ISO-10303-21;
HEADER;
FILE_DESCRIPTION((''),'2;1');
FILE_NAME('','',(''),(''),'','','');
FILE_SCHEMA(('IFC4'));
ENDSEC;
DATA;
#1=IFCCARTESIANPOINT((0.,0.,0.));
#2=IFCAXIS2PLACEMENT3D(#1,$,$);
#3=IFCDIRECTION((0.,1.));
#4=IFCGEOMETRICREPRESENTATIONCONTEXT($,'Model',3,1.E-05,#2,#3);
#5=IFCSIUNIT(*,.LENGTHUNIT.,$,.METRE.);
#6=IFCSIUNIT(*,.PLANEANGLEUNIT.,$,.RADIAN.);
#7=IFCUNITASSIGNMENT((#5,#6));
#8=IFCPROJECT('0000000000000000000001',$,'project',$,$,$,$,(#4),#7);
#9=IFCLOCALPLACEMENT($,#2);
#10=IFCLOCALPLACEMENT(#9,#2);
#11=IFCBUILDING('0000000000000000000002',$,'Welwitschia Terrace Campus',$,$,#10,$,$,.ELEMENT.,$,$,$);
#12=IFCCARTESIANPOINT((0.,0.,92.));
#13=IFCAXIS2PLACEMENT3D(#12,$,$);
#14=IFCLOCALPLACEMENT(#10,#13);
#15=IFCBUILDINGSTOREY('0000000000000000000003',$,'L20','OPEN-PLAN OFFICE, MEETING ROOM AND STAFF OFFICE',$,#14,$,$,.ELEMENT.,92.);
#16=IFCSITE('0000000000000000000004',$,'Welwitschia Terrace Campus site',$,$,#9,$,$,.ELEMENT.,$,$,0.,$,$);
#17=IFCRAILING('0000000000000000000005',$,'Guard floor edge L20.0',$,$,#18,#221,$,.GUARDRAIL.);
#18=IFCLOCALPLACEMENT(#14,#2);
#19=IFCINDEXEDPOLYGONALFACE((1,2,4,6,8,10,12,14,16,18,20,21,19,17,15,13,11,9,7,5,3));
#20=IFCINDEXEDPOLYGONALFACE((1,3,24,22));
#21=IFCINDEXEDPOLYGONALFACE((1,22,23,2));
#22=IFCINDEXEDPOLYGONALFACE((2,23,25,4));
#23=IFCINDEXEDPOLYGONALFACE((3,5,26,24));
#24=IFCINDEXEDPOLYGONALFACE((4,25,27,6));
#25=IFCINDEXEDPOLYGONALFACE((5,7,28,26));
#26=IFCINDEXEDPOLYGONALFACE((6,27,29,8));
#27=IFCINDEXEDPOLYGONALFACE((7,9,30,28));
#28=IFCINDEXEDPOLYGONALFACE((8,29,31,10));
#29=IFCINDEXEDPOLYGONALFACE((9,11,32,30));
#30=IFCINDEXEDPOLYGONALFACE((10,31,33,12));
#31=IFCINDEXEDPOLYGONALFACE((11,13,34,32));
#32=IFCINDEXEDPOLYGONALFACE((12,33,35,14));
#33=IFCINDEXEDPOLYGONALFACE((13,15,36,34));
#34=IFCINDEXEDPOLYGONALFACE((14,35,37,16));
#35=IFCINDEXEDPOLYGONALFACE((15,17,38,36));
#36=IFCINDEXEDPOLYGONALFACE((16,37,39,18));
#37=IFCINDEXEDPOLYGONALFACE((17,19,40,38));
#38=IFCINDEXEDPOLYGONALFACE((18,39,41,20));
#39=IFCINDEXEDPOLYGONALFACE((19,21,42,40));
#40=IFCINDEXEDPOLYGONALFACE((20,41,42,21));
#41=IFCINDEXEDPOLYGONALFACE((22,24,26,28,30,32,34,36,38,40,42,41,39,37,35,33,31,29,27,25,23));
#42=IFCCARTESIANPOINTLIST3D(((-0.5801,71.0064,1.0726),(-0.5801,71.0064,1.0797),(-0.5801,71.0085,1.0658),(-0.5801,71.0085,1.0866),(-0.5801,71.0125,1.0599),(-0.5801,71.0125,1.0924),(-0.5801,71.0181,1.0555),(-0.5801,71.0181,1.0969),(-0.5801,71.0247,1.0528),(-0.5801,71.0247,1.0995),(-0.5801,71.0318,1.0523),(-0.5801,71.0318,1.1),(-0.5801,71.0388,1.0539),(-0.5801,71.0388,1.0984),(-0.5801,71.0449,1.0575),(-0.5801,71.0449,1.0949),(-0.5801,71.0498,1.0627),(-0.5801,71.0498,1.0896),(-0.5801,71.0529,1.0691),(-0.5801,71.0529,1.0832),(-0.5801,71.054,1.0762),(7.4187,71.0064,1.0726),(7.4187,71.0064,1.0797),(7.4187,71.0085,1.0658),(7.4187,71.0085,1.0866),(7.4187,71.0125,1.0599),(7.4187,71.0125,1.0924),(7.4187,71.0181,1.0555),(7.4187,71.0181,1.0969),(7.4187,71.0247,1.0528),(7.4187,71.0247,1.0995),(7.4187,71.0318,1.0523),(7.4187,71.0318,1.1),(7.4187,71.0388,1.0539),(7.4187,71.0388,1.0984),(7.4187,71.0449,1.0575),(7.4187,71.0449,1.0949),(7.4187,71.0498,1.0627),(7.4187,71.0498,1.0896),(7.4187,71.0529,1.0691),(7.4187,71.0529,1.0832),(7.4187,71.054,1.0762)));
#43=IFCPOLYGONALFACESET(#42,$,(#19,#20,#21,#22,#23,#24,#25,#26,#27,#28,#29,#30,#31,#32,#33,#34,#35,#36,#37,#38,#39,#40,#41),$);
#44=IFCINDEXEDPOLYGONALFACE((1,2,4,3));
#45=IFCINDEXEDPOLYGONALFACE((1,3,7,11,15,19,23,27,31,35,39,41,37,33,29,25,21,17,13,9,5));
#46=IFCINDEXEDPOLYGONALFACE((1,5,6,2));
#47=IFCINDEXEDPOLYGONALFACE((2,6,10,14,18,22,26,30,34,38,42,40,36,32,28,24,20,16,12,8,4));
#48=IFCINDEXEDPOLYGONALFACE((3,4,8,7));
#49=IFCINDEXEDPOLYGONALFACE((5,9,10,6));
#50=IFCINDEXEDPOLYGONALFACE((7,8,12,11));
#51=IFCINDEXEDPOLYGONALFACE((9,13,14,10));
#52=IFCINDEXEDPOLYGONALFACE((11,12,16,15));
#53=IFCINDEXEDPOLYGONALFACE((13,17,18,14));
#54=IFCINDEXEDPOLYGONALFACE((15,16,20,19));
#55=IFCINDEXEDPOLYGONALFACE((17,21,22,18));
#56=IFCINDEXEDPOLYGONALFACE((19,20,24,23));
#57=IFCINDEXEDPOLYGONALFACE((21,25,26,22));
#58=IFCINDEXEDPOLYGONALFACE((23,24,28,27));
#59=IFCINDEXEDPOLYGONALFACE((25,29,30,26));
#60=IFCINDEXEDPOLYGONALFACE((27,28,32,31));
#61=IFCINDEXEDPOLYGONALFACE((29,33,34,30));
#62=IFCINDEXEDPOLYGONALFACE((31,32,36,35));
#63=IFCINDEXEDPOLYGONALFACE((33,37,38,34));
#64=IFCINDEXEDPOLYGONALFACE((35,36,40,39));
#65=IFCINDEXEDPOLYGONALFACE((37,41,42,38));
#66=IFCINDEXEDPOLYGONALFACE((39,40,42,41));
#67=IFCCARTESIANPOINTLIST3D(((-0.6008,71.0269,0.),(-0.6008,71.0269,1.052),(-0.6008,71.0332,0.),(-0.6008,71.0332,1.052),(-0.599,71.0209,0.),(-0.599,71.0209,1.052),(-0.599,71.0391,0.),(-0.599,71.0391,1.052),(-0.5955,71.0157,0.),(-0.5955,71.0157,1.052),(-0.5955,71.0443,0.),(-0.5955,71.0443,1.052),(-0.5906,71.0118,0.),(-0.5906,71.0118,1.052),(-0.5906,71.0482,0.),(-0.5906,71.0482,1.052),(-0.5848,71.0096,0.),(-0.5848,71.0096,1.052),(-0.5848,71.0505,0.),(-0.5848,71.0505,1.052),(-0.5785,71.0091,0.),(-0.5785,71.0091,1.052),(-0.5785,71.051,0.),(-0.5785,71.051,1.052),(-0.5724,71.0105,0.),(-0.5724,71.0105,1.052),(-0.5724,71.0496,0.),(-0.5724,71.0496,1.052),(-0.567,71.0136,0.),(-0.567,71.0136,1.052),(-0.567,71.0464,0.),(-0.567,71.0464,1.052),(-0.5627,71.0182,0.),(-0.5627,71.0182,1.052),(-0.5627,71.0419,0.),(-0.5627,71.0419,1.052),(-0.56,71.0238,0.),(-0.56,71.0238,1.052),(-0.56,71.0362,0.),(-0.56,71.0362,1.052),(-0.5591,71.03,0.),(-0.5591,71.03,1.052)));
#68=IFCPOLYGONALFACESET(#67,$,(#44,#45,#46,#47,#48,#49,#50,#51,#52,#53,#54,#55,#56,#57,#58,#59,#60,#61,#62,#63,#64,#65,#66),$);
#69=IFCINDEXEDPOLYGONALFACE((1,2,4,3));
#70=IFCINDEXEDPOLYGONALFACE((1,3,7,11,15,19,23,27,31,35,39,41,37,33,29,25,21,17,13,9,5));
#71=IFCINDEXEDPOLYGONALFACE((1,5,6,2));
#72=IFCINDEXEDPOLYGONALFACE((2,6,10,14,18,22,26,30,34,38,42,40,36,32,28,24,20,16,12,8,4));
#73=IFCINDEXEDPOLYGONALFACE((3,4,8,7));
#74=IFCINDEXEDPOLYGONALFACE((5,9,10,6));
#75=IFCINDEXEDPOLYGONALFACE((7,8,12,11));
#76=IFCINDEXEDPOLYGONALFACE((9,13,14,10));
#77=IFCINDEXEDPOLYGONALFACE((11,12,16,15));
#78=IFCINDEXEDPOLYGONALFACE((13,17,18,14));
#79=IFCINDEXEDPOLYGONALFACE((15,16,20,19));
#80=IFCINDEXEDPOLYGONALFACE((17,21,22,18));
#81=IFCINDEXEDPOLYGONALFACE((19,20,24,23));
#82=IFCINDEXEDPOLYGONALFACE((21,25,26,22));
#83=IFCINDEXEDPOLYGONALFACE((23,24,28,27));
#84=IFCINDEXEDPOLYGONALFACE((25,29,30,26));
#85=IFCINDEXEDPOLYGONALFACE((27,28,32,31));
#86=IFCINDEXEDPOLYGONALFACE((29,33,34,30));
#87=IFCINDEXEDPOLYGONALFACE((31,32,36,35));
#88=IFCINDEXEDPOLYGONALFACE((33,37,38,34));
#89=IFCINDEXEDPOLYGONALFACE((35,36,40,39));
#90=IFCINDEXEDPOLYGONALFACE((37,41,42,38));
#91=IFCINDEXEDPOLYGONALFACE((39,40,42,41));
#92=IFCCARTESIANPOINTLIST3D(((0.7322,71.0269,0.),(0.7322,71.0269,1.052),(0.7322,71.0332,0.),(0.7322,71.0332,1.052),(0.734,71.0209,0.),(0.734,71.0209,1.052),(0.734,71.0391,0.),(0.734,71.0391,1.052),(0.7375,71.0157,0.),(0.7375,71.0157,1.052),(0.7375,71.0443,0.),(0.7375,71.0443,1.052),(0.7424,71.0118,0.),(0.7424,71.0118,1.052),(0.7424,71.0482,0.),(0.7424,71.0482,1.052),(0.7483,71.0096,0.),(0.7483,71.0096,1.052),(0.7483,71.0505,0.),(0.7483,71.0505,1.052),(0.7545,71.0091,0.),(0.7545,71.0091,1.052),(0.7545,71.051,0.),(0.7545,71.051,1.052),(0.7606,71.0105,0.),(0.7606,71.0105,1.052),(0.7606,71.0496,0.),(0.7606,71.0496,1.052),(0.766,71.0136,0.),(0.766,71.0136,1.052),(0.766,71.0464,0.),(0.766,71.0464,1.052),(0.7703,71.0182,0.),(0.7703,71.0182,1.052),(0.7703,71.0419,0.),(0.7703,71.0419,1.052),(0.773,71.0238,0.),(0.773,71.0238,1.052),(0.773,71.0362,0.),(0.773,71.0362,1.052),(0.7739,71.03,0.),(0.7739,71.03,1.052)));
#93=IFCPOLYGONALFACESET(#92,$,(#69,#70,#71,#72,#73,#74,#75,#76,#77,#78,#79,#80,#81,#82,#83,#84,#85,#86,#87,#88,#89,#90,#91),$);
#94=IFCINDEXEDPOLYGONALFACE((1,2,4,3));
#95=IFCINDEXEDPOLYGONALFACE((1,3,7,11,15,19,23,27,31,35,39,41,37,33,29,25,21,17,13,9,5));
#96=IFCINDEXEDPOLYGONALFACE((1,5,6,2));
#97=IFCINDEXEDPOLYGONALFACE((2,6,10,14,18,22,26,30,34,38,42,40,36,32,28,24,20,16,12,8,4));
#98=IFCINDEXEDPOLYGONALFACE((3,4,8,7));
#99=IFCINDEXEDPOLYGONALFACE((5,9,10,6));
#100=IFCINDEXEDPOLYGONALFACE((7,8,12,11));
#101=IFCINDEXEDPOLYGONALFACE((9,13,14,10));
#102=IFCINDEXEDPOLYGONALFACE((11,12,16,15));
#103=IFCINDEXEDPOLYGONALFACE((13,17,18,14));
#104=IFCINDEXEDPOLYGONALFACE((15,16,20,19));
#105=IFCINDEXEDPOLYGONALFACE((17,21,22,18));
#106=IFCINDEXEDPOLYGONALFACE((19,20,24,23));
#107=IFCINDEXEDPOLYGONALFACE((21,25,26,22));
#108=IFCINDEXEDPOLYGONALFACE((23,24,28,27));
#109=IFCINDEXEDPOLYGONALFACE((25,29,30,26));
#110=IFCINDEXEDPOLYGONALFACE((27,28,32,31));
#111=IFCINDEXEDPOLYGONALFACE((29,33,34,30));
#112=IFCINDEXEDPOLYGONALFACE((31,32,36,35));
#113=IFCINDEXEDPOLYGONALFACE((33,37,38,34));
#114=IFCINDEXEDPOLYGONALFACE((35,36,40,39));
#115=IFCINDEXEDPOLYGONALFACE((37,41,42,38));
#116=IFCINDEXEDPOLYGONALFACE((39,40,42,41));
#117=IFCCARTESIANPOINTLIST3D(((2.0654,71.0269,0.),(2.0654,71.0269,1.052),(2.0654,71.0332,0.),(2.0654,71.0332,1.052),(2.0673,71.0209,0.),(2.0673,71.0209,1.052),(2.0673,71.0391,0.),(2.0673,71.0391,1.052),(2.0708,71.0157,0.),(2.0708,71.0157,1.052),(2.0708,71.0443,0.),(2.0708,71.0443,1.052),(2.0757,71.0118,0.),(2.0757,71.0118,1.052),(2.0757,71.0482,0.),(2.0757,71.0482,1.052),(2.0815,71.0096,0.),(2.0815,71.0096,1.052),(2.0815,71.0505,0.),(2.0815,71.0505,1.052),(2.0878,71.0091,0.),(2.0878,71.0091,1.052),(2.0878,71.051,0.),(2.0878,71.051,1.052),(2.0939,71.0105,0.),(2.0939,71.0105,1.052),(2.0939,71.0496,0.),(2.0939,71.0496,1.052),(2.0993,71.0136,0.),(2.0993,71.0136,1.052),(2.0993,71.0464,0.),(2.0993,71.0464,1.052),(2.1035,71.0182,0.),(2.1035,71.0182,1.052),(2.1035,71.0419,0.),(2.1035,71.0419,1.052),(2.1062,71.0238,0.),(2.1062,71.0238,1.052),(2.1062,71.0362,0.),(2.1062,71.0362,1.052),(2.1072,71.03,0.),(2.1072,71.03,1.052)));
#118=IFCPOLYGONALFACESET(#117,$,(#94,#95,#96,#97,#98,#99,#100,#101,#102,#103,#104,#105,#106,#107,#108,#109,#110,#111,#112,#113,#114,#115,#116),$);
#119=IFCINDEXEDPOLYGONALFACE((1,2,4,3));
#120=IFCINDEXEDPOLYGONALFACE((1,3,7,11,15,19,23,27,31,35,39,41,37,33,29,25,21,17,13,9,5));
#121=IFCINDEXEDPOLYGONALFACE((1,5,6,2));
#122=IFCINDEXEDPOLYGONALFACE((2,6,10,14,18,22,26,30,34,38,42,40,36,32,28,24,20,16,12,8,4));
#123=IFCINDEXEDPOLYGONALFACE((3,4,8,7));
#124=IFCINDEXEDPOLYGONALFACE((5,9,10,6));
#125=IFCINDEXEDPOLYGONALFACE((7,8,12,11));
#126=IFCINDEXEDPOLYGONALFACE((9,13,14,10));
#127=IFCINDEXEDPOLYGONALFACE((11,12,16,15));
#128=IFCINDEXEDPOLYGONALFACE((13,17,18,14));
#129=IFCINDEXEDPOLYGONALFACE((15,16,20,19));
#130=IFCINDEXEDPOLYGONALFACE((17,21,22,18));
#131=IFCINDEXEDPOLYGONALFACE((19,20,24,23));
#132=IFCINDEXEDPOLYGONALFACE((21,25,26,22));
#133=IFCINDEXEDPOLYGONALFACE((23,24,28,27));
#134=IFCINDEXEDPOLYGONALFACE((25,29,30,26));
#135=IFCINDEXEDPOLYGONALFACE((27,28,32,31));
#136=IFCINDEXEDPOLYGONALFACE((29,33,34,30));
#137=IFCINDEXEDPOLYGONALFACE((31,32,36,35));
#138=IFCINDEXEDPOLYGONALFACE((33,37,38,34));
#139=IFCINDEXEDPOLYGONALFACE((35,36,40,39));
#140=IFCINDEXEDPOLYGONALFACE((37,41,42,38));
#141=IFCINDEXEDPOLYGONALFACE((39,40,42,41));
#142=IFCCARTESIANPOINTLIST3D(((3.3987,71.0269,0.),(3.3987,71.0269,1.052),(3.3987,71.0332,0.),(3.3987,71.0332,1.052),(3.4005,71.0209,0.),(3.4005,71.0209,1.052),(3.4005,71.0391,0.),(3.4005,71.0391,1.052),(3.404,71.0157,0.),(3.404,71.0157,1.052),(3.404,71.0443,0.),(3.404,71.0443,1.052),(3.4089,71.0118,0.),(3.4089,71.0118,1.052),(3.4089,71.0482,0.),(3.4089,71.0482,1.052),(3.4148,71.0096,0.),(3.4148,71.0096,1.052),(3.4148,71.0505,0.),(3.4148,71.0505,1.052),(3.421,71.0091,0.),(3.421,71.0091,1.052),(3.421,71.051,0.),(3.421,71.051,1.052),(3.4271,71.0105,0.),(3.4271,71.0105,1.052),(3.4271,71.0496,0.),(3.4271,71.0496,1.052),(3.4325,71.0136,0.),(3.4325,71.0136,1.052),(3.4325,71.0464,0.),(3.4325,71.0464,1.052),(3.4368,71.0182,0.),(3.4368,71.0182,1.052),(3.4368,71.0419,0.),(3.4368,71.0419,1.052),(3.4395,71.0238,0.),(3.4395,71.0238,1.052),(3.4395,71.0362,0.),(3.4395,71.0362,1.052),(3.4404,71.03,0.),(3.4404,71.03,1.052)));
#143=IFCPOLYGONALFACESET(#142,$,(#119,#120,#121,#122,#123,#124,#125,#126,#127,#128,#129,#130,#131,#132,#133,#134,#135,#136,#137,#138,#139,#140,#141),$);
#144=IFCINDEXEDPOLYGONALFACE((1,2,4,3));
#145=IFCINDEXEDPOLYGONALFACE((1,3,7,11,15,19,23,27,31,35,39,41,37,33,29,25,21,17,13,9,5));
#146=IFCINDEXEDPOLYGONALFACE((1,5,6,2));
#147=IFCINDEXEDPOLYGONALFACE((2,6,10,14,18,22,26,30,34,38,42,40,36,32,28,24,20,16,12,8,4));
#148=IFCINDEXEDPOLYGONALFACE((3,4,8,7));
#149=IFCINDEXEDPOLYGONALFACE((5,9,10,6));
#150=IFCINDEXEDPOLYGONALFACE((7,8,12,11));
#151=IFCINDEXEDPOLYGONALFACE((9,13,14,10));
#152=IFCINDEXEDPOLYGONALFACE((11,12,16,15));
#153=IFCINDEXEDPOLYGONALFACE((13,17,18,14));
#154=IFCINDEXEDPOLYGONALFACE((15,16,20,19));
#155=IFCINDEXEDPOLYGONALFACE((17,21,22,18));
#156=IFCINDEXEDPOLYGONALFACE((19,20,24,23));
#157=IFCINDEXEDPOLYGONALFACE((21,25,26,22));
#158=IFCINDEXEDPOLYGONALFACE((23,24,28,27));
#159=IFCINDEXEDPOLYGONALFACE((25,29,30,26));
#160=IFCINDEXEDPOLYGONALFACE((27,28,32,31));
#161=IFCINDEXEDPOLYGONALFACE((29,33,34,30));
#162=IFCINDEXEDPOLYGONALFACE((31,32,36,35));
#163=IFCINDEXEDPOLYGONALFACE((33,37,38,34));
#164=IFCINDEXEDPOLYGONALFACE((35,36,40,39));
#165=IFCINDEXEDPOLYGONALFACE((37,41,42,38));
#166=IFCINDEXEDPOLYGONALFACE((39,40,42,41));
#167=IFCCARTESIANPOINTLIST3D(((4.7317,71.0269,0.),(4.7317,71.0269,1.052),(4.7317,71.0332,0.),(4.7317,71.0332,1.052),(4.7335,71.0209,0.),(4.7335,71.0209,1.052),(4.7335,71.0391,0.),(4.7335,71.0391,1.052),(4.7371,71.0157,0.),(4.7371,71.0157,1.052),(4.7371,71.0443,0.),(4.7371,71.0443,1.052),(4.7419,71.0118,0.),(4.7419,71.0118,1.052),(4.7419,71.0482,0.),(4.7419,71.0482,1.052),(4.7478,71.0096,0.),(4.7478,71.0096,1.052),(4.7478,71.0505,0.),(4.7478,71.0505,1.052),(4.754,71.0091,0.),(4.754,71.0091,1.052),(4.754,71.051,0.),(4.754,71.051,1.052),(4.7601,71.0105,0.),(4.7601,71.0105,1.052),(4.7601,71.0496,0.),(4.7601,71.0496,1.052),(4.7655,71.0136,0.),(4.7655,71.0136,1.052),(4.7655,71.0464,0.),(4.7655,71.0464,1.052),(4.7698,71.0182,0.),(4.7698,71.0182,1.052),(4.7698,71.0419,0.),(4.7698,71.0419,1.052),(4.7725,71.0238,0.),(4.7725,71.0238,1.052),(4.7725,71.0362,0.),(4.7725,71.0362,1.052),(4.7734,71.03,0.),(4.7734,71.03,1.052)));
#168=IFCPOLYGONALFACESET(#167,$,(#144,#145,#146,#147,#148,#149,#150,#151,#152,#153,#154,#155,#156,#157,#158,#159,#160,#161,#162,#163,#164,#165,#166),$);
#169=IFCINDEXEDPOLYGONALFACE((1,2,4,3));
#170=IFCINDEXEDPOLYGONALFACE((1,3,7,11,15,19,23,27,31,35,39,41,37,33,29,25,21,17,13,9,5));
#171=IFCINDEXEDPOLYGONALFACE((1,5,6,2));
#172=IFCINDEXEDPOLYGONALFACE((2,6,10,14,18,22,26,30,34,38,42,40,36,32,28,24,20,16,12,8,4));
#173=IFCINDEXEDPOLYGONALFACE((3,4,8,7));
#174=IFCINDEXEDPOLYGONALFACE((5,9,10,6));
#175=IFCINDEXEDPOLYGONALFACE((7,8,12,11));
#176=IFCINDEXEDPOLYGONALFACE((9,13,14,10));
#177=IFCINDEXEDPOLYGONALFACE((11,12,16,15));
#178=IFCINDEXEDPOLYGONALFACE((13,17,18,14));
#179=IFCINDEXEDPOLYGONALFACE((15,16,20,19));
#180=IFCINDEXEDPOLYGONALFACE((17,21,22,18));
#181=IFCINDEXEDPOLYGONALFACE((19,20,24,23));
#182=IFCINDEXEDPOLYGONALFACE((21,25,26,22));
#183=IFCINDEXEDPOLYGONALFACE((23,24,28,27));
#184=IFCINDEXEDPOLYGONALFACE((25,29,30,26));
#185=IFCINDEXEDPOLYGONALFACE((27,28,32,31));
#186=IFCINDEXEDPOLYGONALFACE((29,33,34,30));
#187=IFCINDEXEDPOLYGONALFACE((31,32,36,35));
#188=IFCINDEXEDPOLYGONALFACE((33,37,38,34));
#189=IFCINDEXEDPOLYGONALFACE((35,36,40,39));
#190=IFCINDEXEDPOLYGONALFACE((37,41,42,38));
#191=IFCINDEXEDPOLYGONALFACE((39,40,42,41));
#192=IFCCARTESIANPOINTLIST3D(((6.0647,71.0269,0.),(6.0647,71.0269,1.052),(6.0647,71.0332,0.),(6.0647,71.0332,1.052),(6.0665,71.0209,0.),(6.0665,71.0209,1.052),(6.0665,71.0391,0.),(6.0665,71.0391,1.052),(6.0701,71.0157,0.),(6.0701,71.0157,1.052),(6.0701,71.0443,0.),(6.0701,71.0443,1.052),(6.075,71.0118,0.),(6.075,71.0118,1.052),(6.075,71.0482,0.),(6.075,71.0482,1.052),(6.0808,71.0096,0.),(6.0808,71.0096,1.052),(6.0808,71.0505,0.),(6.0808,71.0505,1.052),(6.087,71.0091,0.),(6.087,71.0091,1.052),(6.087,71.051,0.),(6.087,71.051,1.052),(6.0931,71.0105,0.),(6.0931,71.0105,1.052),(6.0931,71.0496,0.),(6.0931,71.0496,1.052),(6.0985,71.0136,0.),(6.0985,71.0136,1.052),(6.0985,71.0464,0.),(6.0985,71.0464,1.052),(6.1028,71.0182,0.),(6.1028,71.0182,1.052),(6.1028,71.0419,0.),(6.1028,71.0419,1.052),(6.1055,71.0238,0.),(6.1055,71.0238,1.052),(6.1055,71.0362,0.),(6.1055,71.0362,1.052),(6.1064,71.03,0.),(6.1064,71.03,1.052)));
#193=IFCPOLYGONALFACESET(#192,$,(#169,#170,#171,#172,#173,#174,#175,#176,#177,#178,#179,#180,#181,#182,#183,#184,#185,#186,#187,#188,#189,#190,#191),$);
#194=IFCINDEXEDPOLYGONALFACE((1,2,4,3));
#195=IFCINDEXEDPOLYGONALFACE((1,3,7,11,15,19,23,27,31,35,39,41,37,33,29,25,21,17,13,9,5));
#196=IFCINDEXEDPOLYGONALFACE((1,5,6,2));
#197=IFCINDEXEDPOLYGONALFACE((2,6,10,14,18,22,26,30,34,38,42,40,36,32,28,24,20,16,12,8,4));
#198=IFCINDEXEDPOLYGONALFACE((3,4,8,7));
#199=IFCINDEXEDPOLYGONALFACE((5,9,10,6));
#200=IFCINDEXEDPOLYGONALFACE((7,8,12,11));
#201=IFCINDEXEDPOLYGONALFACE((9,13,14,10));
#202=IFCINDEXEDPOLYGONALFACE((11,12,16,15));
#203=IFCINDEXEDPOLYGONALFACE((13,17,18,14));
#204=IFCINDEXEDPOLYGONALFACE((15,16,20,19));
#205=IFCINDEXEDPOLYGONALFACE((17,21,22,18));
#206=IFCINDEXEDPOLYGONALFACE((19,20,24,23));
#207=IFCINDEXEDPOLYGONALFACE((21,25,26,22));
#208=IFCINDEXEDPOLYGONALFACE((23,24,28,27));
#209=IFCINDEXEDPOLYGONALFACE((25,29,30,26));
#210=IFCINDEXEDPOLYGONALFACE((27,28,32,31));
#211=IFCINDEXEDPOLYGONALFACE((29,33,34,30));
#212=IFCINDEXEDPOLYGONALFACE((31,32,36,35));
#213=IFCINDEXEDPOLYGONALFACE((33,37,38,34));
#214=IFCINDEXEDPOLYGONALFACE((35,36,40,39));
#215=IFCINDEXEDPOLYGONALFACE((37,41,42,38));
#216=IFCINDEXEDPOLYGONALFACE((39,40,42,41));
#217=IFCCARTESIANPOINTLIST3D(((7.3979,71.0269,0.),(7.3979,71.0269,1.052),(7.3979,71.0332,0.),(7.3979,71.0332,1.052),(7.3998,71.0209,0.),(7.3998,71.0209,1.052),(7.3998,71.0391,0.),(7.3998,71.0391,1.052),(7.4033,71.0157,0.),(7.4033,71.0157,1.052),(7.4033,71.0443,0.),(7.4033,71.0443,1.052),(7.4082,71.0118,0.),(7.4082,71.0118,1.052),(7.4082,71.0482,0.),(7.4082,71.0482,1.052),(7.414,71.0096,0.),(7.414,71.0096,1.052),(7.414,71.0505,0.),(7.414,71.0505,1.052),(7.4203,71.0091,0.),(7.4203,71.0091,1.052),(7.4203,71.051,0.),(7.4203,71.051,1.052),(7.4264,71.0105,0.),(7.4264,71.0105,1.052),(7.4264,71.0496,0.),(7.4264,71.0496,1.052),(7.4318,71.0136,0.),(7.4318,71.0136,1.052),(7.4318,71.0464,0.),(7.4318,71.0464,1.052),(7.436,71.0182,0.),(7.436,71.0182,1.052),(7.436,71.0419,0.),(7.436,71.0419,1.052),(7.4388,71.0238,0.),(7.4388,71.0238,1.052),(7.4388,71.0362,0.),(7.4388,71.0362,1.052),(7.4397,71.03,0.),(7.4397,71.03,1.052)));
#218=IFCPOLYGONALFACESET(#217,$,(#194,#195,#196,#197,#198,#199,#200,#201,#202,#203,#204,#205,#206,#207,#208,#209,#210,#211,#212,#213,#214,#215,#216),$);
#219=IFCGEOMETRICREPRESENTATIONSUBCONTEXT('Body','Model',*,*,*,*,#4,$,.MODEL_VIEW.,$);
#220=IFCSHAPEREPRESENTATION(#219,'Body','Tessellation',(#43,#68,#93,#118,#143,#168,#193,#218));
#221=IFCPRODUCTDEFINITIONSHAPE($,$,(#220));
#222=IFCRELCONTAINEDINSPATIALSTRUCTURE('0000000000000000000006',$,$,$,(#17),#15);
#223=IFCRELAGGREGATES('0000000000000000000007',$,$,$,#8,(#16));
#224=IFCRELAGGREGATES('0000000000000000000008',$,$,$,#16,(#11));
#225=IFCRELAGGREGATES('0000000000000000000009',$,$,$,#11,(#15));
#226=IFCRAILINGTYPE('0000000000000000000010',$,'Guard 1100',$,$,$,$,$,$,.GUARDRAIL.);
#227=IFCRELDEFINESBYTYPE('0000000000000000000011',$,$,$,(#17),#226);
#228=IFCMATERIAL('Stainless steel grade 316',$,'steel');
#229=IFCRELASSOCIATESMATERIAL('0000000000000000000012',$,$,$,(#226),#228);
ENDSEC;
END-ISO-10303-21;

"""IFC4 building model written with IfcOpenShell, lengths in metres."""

from ifc_helpers import new_model, si_unit, direction, frame, origin, origin_2d, place, context, subcontext, project, spatial, circle, extrude, material, type_object, element, save


model = new_model("IFC4")

# Units and contexts
model_context = context("Model", 3, precision=1e-05, world=origin(), true_north=direction((0.0, 1.0)))
body_context = subcontext(model_context, "Body", "Model", "MODEL_VIEW")
ifc_project = project(units=[si_unit("LENGTHUNIT", "METRE"), si_unit("PLANEANGLEUNIT", "RADIAN")], contexts=[model_context])

# Site, building, storey
site_placement = place(None, origin())
site = spatial("IfcSite", under=ifc_project, at=site_placement, Name="Welwitschia Terrace Campus site", CompositionType="ELEMENT", RefElevation=0.0)
building_placement = place(site_placement, origin())
building = spatial("IfcBuilding", under=site, at=building_placement, Name="Welwitschia Terrace Campus", CompositionType="ELEMENT")
storey_placement = place(building_placement, frame((0.0, 0.0, 92.0)))
storey = spatial("IfcBuildingStorey", under=building, at=storey_placement, Name="L20", Description="OPEN-PLAN OFFICE, MEETING ROOM AND STAFF OFFICE", CompositionType="ELEMENT", Elevation=92.0)

# Railing
ifc_material_1 = material(Name="Stainless steel grade 316", Category="steel")
railing_type = type_object("IfcRailingType", Name="Guard 1100", PredefinedType="GUARDRAIL", material=ifc_material_1)
railing_1_placement = place(storey_placement, frame((-0.5801, 71.03, 0.0)))
element("IfcRailing", 1, at=railing_1_placement, inside=storey, type_object=railing_type, Name="Guard floor edge L20.0", PredefinedType="GUARDRAIL", context=body_context, shape_type="SweptSolid", body=[
    extrude(circle(Radius=0.0239, at=origin_2d()), frame((0.0, 0.0, 1.0762), z_axis=(1.0, 0.0, 0.0), x_axis=(0.0, 1.0, 0.0)), (0.0, 0.0, 1.0), 7.9988),
    extrude(circle(Radius=0.021, at=origin_2d()), origin(), (0.0, 0.0, 1.0), 1.052),
    extrude(circle(Radius=0.021, at=origin_2d()), frame((1.333, 0.0, 0.0)), (0.0, 0.0, 1.0), 1.052),
    extrude(circle(Radius=0.021, at=origin_2d()), frame((2.6663, 0.0, 0.0)), (0.0, 0.0, 1.0), 1.052),
    extrude(circle(Radius=0.021, at=origin_2d()), frame((3.9995, 0.0, 0.0)), (0.0, 0.0, 1.0), 1.052),
    extrude(circle(Radius=0.021, at=origin_2d()), frame((5.3325, 0.0, 0.0)), (0.0, 0.0, 1.0), 1.052),
    extrude(circle(Radius=0.021, at=origin_2d()), frame((6.6655, 0.0, 0.0)), (0.0, 0.0, 1.0), 1.052),
    extrude(circle(Radius=0.021, at=origin_2d()), frame((7.9988, 0.0, 0.0)), (0.0, 0.0, 1.0), 1.052),
])

save(model, "model.ifc")
